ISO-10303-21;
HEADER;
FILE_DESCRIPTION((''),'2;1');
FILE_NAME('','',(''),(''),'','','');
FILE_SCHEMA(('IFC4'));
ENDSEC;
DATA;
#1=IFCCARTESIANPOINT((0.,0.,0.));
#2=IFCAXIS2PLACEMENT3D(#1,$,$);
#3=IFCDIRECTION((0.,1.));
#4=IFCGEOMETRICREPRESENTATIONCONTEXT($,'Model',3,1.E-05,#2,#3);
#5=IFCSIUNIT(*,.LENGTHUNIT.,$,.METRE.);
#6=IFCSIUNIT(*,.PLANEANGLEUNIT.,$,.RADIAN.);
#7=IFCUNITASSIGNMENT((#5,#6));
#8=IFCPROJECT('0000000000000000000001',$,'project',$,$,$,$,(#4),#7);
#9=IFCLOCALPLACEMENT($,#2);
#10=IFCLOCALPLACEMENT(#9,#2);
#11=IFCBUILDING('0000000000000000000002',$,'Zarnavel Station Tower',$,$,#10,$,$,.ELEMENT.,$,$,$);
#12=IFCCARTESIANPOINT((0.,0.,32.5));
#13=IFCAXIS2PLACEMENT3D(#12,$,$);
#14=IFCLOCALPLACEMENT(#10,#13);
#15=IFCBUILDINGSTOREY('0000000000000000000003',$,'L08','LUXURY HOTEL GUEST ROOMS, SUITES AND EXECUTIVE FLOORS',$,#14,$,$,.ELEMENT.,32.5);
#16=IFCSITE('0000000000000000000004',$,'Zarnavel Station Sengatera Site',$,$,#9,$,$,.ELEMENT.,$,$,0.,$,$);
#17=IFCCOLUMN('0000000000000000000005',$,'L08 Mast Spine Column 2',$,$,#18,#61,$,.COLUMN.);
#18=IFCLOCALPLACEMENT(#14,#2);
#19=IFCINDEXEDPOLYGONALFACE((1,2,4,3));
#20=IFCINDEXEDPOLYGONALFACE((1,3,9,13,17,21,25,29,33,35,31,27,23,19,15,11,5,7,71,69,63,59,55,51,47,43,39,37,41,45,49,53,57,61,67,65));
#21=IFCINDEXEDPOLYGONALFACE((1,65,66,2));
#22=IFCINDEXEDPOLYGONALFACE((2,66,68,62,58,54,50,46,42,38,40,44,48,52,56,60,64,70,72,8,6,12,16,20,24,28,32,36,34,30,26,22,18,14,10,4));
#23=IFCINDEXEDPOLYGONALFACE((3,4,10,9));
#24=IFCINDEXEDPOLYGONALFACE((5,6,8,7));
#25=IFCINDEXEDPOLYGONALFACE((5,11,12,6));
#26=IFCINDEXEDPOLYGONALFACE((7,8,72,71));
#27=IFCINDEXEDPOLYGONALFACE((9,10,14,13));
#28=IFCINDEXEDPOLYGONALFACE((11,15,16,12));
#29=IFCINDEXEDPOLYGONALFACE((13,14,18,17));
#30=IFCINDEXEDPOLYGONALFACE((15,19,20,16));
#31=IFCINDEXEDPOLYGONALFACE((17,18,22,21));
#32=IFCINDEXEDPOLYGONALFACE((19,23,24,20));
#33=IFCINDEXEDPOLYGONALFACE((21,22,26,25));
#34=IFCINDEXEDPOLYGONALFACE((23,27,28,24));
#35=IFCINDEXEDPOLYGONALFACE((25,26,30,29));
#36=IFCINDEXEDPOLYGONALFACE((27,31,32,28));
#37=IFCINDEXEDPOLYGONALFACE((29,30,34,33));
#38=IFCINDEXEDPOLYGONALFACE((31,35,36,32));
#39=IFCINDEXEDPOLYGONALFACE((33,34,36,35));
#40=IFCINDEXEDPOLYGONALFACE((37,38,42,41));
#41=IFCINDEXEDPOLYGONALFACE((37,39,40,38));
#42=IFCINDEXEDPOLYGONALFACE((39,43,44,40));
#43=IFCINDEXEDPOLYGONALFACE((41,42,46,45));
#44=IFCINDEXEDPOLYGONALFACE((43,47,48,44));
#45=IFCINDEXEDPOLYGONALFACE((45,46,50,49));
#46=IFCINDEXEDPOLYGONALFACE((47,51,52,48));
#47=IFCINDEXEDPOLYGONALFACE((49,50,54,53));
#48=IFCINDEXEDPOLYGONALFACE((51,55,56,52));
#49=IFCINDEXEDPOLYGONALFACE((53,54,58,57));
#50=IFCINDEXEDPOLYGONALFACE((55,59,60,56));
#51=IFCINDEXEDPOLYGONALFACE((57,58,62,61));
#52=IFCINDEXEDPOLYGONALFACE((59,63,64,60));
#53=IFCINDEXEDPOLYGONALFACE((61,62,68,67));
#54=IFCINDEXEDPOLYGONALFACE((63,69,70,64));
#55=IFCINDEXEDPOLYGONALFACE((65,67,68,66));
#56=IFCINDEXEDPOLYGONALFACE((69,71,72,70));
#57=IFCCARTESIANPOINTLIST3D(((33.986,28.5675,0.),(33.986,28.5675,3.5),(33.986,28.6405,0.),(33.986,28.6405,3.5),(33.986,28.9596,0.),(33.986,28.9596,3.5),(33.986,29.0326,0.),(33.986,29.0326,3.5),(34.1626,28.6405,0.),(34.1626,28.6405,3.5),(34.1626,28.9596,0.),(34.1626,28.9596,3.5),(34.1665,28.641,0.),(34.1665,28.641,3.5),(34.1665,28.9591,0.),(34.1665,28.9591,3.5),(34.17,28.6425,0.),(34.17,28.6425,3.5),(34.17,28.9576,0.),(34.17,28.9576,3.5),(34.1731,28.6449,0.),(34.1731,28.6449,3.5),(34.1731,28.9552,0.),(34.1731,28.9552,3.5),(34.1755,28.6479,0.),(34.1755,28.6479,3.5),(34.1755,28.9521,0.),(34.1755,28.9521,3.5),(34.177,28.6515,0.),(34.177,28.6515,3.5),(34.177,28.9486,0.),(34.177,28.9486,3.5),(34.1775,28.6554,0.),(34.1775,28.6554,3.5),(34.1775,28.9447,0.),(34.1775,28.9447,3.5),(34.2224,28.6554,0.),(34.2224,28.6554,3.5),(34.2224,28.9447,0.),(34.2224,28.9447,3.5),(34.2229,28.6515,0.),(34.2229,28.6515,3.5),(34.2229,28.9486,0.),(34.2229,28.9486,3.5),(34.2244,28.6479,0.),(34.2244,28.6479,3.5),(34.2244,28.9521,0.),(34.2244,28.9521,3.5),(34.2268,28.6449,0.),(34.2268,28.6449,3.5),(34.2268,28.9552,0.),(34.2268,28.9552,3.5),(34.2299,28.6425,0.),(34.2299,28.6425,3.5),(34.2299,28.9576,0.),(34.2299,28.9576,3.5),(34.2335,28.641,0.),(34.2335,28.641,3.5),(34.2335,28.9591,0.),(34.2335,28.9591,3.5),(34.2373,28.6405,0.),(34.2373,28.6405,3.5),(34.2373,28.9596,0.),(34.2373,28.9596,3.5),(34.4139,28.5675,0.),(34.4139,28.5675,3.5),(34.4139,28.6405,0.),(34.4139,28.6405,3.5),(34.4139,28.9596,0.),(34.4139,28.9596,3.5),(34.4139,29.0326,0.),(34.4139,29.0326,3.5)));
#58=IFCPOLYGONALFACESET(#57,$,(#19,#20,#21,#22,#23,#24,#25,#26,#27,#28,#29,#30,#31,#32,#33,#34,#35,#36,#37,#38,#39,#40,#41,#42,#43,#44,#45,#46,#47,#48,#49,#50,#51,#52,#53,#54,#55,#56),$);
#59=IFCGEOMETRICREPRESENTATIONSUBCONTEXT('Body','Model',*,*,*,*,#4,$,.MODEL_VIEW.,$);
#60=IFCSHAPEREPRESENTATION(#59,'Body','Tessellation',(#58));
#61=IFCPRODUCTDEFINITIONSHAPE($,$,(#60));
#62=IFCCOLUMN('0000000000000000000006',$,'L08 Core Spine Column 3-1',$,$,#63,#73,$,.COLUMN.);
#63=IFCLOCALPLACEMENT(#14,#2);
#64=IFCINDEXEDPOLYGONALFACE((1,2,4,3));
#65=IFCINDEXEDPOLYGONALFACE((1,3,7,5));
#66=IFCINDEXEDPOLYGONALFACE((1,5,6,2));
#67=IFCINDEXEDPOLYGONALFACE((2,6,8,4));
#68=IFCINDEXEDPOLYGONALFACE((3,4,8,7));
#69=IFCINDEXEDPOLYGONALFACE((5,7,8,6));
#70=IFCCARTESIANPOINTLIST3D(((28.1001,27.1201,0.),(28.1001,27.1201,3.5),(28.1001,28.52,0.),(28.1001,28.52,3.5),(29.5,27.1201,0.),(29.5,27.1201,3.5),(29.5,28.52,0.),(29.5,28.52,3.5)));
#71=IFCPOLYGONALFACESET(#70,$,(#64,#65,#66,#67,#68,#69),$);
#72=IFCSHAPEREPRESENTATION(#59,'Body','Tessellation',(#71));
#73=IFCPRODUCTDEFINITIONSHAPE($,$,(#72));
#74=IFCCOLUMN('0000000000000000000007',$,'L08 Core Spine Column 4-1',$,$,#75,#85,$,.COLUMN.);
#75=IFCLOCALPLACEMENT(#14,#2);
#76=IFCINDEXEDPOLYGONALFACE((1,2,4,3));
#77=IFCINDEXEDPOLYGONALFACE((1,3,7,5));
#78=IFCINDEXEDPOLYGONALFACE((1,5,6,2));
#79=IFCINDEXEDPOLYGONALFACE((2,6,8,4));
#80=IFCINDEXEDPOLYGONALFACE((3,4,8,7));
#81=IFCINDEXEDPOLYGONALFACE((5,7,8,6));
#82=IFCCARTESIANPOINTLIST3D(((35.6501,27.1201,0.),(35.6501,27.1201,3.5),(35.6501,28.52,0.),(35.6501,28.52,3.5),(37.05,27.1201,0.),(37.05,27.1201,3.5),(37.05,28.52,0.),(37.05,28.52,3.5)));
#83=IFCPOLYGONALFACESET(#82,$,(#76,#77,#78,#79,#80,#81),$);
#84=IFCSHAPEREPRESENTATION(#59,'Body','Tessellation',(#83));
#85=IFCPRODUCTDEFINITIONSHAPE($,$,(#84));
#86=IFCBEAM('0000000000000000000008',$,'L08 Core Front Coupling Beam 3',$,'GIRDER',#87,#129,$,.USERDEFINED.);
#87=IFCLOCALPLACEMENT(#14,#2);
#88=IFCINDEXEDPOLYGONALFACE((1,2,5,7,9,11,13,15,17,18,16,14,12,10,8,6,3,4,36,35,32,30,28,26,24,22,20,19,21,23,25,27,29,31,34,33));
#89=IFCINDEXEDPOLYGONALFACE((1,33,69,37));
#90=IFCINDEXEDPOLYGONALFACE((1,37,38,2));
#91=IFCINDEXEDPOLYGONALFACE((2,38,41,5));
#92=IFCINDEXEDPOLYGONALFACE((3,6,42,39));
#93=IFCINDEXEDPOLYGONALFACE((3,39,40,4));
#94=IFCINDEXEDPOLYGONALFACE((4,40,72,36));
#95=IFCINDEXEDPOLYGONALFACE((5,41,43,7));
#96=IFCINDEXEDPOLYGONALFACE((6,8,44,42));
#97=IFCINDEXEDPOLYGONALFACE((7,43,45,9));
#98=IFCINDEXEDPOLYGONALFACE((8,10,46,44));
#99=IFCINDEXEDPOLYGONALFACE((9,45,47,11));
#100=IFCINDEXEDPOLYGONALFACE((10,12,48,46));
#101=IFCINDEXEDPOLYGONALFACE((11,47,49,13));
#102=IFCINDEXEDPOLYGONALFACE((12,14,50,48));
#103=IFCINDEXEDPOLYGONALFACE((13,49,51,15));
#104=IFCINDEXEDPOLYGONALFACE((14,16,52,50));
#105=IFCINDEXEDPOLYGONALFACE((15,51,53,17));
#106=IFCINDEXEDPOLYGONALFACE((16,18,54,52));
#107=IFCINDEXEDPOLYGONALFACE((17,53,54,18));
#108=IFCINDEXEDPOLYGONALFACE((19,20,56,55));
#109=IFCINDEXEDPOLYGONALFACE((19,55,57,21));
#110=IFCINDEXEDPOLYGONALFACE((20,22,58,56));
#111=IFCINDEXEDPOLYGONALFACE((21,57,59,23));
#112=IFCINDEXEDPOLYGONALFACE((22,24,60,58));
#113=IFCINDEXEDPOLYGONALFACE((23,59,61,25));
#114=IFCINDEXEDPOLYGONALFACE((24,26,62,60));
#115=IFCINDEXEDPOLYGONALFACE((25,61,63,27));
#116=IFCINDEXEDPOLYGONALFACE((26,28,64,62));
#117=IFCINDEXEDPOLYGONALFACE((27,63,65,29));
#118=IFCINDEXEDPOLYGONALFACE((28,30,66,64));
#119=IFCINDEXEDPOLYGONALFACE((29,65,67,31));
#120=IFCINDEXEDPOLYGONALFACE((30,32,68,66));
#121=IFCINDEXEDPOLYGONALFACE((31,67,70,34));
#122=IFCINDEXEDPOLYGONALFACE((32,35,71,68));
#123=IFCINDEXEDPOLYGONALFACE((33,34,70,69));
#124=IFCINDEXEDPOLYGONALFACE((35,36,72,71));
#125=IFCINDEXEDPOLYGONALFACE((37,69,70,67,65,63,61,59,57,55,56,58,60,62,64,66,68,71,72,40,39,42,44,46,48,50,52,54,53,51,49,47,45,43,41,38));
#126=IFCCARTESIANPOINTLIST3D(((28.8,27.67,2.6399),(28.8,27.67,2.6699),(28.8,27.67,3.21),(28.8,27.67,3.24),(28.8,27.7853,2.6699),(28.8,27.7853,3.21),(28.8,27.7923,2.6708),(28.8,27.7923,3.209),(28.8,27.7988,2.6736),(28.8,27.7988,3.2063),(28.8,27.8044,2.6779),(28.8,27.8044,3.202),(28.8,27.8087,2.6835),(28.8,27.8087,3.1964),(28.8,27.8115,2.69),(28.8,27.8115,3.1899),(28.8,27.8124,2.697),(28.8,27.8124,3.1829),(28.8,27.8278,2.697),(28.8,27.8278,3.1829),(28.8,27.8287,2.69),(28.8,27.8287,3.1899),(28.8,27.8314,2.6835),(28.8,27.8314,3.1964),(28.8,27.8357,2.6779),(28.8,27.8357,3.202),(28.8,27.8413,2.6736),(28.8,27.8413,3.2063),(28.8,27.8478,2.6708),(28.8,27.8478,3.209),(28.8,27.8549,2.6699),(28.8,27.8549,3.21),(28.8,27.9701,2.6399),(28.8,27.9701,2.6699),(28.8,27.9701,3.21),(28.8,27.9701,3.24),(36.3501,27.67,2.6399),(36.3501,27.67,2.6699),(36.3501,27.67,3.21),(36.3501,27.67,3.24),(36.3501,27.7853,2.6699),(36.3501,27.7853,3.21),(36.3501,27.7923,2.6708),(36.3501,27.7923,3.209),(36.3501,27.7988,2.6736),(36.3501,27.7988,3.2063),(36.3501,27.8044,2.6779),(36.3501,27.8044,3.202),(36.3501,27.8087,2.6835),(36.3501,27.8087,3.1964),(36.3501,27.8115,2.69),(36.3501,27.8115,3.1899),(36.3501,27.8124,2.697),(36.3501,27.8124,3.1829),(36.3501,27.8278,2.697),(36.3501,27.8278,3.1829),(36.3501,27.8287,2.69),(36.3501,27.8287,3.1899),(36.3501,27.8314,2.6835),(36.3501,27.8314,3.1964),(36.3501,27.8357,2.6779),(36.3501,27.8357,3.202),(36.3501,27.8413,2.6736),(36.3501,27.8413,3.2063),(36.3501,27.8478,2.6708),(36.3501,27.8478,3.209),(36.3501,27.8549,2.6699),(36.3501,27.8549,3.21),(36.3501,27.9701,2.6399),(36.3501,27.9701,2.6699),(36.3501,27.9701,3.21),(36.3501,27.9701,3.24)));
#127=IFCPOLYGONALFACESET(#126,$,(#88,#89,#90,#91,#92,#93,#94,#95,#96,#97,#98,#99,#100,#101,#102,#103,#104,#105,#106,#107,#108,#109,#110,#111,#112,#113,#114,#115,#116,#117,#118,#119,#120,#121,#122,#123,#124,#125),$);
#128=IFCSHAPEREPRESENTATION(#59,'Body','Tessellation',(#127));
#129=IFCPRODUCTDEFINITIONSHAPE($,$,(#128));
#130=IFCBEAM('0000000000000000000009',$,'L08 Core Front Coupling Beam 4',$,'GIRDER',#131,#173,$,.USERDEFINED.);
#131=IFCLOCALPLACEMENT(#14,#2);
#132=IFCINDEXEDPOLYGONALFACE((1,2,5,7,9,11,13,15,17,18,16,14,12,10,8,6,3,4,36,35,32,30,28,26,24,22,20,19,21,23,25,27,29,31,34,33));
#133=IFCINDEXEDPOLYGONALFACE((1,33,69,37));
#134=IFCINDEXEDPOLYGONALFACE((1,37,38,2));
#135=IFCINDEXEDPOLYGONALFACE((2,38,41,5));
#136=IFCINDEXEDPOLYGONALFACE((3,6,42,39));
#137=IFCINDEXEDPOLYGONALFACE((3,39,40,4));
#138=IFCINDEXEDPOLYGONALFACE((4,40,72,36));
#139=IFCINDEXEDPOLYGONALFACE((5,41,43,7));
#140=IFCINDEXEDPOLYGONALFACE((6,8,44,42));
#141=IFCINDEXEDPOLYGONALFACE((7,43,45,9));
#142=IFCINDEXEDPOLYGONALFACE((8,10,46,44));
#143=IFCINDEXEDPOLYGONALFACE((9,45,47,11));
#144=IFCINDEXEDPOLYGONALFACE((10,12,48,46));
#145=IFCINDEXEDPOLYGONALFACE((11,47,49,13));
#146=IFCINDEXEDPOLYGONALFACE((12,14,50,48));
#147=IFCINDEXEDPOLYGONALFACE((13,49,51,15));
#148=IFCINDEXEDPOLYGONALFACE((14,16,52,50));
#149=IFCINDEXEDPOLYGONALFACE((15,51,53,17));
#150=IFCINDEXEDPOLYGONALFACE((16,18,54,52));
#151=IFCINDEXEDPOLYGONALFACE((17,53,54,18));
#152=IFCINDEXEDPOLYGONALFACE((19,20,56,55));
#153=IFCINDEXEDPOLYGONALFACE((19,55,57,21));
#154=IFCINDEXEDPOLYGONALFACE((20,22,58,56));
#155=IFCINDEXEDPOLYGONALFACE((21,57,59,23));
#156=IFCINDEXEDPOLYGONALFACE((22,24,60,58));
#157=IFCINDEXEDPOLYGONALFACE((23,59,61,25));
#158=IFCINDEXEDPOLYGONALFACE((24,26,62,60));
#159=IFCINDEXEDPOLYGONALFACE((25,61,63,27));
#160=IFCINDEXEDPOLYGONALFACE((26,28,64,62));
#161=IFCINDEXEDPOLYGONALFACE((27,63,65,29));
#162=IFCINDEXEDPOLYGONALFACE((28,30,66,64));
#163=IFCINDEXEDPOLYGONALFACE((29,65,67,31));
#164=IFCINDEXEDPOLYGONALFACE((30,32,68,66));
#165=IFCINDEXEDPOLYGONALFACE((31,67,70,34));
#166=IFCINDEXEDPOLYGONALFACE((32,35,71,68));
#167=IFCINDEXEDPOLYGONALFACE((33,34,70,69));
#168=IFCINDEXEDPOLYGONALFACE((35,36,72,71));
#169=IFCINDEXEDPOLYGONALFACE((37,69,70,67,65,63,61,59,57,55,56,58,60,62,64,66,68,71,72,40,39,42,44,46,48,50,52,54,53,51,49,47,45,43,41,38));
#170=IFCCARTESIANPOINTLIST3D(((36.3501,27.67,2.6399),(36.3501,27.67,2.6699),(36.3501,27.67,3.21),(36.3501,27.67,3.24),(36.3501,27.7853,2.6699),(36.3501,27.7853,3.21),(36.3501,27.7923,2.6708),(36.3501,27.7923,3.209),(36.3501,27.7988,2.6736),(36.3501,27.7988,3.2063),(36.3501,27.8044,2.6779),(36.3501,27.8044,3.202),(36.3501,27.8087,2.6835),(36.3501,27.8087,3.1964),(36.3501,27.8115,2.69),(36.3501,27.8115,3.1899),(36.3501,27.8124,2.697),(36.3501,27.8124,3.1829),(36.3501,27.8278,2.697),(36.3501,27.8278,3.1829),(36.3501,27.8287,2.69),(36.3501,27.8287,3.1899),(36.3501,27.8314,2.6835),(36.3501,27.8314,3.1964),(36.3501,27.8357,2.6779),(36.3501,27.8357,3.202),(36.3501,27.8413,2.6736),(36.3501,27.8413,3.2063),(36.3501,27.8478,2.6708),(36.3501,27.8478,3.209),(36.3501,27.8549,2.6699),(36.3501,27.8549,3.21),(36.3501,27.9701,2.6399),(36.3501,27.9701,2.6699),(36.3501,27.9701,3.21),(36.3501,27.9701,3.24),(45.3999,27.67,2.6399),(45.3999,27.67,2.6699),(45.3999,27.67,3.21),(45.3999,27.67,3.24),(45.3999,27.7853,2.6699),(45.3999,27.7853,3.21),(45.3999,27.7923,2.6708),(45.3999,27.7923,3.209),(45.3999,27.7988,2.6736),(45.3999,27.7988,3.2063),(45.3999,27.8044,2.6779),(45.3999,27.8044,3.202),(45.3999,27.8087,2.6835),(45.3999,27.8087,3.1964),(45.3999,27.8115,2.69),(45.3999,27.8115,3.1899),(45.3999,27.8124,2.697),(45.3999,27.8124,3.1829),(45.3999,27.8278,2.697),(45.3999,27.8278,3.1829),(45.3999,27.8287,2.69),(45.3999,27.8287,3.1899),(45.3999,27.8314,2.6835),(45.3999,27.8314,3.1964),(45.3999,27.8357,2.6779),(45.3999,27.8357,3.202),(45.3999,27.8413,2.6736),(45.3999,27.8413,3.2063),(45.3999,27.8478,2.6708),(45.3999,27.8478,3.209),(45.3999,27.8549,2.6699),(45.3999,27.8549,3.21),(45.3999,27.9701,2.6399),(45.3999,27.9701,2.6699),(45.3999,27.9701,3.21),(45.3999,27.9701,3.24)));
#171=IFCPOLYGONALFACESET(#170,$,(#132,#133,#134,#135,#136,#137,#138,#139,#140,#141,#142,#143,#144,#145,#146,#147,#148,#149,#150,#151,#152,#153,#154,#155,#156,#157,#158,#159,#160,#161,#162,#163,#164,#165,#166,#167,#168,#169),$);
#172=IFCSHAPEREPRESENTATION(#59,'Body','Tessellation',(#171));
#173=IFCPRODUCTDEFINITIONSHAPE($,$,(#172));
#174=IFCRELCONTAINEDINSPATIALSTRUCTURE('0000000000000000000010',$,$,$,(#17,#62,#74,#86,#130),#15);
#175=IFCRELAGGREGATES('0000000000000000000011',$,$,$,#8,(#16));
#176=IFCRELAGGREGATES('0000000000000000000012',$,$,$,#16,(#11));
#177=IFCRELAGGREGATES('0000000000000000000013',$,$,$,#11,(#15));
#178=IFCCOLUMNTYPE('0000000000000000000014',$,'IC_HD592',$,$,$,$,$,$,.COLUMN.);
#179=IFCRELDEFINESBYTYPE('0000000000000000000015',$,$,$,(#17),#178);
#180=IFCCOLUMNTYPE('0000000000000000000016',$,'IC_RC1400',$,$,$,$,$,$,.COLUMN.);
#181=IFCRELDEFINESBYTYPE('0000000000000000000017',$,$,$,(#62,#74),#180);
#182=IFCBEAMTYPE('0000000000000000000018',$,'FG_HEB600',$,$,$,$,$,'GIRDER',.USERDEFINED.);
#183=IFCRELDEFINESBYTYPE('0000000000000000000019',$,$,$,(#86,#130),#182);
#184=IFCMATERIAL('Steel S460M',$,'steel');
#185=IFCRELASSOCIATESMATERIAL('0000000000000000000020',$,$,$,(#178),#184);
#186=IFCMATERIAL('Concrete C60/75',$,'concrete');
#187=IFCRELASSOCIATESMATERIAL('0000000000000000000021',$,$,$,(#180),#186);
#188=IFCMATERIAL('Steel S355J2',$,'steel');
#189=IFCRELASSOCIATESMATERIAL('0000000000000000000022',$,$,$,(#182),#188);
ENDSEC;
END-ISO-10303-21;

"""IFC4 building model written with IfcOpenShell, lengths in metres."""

from ifc_helpers import new_model, si_unit, direction, frame, origin, origin_2d, place, context, subcontext, project, spatial, rectangle, i_section, extrude, material, material_profile, profile_set, type_object, element, save


model = new_model("IFC4")

# Units and contexts
model_context = context("Model", 3, precision=1e-05, world=origin(), true_north=direction((0.0, 1.0)))
body_context = subcontext(model_context, "Body", "Model", "MODEL_VIEW")
ifc_project = project(units=[si_unit("LENGTHUNIT", "METRE"), si_unit("PLANEANGLEUNIT", "RADIAN")], contexts=[model_context])

# Site, building, storey
site_placement = place(None, origin())
site = spatial("IfcSite", under=ifc_project, at=site_placement, Name="Zarnavel Station Sengatera Site", CompositionType="ELEMENT", RefElevation=0.0)
building_placement = place(site_placement, origin())
building = spatial("IfcBuilding", under=site, at=building_placement, Name="Zarnavel Station Tower", CompositionType="ELEMENT")
storey_placement = place(building_placement, frame((0.0, 0.0, 32.5)))
storey = spatial("IfcBuildingStorey", under=building, at=storey_placement, Name="L08", Description="LUXURY HOTEL GUEST ROOMS, SUITES AND EXECUTIVE FLOORS", CompositionType="ELEMENT", Elevation=32.5)

# Columns
ifc_material_1 = material(Name="Steel S460M", Category="steel")
ifc_material_profile_1 = material_profile(ifc_material_1, i_section(OverallWidth=0.428, OverallDepth=0.4651, WebThickness=0.0449, FlangeThickness=0.073, FilletRadius=0.0149, at=origin_2d()), Name="HD400x592")
ifc_profile_set_1 = profile_set([ifc_material_profile_1], Name="Steel S460M")
column_type_1 = type_object("IfcColumnType", Name="IC_HD592", PredefinedType="COLUMN", material=ifc_profile_set_1)
column_placement = place(storey_placement, frame((34.2, 28.8, 0.0), z_axis=(0.0, 0.0, 1.0), x_axis=(1.0, 0.0, 0.0)))
element("IfcColumn", 1, at=column_placement, inside=storey, type_object=column_type_1, Name="L08 Mast Spine Column 2", PredefinedType="COLUMN", context=body_context, shape_type="SweptSolid", body=[
    extrude(i_section(OverallWidth=0.428, OverallDepth=0.4651, WebThickness=0.0449, FlangeThickness=0.073, FilletRadius=0.0149, at=origin_2d()), origin(), (0.0, 0.0, 1.0), 3.5),
])
ifc_material_2 = material(Name="Concrete C60/75", Category="concrete")
ifc_material_profile_2 = material_profile(ifc_material_2, rectangle(XDim=1.3999, YDim=1.3999, at=origin_2d()), Name="RC1400x1400")
ifc_profile_set_2 = profile_set([ifc_material_profile_2], Name="Concrete C60/75")
column_type_2 = type_object("IfcColumnType", Name="IC_RC1400", PredefinedType="COLUMN", material=ifc_profile_set_2)
for number, where, z_axis, x_axis, name in (
    (2, (28.8, 27.8201, 0.0), (0.0, 0.0, 1.0), (1.0, 0.0, 0.0), "L08 Core Spine Column 3-1"),
    (3, (36.3501, 27.8201, 0.0), (0.0, 0.0, 1.0), (1.0, 0.0, 0.0), "L08 Core Spine Column 4-1"),
):
    element("IfcColumn", number, at=place(storey_placement, frame(where, z_axis=z_axis, x_axis=x_axis)), inside=storey, type_object=column_type_2, Name=name, PredefinedType="COLUMN", context=body_context, shape_type="SweptSolid", body=[
        extrude(rectangle(XDim=1.3999, YDim=1.3999, at=origin_2d()), origin(), (0.0, 0.0, 1.0), 3.5),
    ])

# Beams
ifc_material_3 = material(Name="Steel S355J2", Category="steel")
ifc_material_profile_3 = material_profile(ifc_material_3, i_section(OverallWidth=0.3, OverallDepth=0.6001, WebThickness=0.0154, FlangeThickness=0.03, FilletRadius=0.0271, at=origin_2d()), Name="HEB600")
ifc_profile_set_3 = profile_set([ifc_material_profile_3], Name="Steel S355J2")
beam_type_1 = type_object("IfcBeamType", Name="FG_HEB600", ElementType="GIRDER", PredefinedType="USERDEFINED", material=ifc_profile_set_3)
beam_1_placement = place(storey_placement, frame((28.8, 27.8201, 2.9399), z_axis=(1.0, 0.0, 0.0), x_axis=(0.0, 1.0, 0.0)))
element("IfcBeam", 4, at=beam_1_placement, inside=storey, type_object=beam_type_1, Name="L08 Core Front Coupling Beam 3", ObjectType="GIRDER", PredefinedType="USERDEFINED", context=body_context, shape_type="SweptSolid", body=[
    extrude(i_section(OverallWidth=0.3, OverallDepth=0.6001, WebThickness=0.0154, FlangeThickness=0.03, FilletRadius=0.0271, at=origin_2d()), origin(), (0.0, 0.0, 1.0), 7.55),
])
beam_2_placement = place(storey_placement, frame((36.3501, 27.8201, 2.9399), z_axis=(1.0, 0.0, 0.0), x_axis=(0.0, 1.0, 0.0)))
element("IfcBeam", 5, at=beam_2_placement, inside=storey, type_object=beam_type_1, Name="L08 Core Front Coupling Beam 4", ObjectType="GIRDER", PredefinedType="USERDEFINED", context=body_context, shape_type="SweptSolid", body=[
    extrude(i_section(OverallWidth=0.3, OverallDepth=0.6001, WebThickness=0.0154, FlangeThickness=0.03, FilletRadius=0.0271, at=origin_2d()), origin(), (0.0, 0.0, 1.0), 9.0498),
])

save(model, "model.ifc")
